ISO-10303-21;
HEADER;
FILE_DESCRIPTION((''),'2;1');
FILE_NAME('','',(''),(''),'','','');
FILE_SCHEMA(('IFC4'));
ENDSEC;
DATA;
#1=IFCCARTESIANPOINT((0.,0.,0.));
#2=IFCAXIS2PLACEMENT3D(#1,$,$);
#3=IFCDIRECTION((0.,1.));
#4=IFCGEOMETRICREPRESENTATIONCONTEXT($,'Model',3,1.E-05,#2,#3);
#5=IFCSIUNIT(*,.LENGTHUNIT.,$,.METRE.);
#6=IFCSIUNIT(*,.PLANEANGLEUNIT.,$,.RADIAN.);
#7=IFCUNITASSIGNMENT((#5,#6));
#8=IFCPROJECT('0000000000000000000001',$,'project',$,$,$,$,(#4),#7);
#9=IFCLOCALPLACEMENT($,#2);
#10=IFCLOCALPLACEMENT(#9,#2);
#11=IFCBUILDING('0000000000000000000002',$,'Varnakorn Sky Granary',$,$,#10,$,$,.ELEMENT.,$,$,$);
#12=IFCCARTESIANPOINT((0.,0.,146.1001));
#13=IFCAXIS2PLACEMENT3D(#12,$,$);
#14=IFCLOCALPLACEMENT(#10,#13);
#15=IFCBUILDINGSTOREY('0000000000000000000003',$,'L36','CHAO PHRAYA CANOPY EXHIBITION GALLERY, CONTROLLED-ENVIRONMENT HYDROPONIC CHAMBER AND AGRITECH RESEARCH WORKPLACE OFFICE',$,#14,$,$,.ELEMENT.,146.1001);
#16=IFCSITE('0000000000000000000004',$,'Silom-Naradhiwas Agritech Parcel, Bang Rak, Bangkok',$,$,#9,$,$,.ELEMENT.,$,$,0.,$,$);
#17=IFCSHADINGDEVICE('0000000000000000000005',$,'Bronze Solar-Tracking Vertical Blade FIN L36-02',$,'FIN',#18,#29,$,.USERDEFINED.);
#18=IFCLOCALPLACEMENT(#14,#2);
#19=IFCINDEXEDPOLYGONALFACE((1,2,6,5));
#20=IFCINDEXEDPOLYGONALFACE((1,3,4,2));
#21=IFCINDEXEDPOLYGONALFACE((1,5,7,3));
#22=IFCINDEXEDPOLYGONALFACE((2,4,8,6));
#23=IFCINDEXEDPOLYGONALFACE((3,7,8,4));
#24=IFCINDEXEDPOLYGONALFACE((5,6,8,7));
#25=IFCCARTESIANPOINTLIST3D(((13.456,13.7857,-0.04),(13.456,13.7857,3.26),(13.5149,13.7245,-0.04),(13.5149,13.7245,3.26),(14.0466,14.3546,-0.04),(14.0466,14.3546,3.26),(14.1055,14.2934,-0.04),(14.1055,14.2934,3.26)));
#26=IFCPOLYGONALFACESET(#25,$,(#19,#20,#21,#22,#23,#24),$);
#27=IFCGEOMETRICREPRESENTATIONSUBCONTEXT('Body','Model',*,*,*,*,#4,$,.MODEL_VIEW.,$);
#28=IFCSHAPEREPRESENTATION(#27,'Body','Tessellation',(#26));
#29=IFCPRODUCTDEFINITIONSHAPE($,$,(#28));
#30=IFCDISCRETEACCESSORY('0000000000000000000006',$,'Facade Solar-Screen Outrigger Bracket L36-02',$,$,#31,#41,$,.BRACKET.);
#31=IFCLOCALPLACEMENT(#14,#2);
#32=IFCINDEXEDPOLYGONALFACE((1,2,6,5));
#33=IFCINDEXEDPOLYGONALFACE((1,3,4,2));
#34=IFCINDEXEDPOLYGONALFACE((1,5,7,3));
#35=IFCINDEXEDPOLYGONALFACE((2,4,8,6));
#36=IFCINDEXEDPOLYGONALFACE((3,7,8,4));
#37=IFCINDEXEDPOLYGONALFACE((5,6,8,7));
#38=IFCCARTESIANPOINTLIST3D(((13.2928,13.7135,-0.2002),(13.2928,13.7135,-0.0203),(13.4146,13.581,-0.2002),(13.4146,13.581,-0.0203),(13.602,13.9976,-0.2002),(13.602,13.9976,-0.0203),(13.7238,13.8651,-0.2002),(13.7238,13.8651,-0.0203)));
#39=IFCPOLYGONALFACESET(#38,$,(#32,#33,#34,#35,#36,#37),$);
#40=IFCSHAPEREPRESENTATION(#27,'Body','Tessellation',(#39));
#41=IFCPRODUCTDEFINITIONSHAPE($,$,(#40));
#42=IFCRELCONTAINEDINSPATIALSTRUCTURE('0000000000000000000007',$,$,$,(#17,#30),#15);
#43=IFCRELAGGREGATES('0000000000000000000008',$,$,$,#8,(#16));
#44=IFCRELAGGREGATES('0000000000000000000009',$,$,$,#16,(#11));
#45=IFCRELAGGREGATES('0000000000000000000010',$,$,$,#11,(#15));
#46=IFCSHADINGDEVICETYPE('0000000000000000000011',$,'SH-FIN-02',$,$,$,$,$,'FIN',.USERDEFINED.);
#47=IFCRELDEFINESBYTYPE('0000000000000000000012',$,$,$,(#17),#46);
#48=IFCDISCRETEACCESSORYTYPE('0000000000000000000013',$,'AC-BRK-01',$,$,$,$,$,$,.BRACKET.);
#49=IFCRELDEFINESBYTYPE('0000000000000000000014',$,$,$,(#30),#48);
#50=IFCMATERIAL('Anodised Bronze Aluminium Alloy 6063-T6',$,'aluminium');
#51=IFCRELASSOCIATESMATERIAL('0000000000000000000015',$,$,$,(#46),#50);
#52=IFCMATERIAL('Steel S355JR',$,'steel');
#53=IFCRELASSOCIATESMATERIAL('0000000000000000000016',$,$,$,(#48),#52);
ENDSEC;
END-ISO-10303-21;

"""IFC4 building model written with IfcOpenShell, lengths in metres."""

from ifc_helpers import new_model, si_unit, direction, frame, origin, origin_2d, place, context, subcontext, project, spatial, rectangle, extrude, source, transform, mapped, material, type_object, type_shapes, element, save


model = new_model("IFC4")

# Units and contexts
model_context = context("Model", 3, precision=1e-05, world=origin(), true_north=direction((0.0, 1.0)))
body_context = subcontext(model_context, "Body", "Model", "MODEL_VIEW")
ifc_project = project(units=[si_unit("LENGTHUNIT", "METRE"), si_unit("PLANEANGLEUNIT", "RADIAN")], contexts=[model_context])

# Site, building, storey
site_placement = place(None, origin())
site = spatial("IfcSite", under=ifc_project, at=site_placement, Name="Silom-Naradhiwas Agritech Parcel, Bang Rak, Bangkok", CompositionType="ELEMENT", RefElevation=0.0)
building_placement = place(site_placement, origin())
building = spatial("IfcBuilding", under=site, at=building_placement, Name="Varnakorn Sky Granary", CompositionType="ELEMENT")
storey_placement = place(building_placement, frame((0.0, 0.0, 146.1001)))
storey = spatial("IfcBuildingStorey", under=building, at=storey_placement, Name="L36", Description="CHAO PHRAYA CANOPY EXHIBITION GALLERY, CONTROLLED-ENVIRONMENT HYDROPONIC CHAMBER AND AGRITECH RESEARCH WORKPLACE OFFICE", CompositionType="ELEMENT", Elevation=146.1001)

# Shared definitions
ifc_material_1 = material(Name="Steel S355JR", Category="steel")

# Shared definitions
ifc_material_2 = material(Name="Anodised Bronze Aluminium Alloy 6063-T6", Category="aluminium")

# Shading device
shading_device_type = type_object("IfcShadingDeviceType", Name="SH-FIN-02", ElementType="FIN", PredefinedType="USERDEFINED", material=ifc_material_2)
shared_shape_1 = source(origin(), body_context, "Body", "SweptSolid", [
    extrude(rectangle(XDim=0.085, YDim=0.8201, at=origin_2d()), origin(), (0.0, 0.0, 1.0), 3.3),
])
type_shapes(shading_device_type, [shared_shape_1])
shading_device_placement = place(storey_placement, frame((13.7808, 14.0396, -0.04), z_axis=(0.0, 0.0, 1.0), x_axis=(-0.693755, 0.720211, 0.0)))
element("IfcShadingDevice", 1, at=shading_device_placement, inside=storey, type_object=shading_device_type, Name="Bronze Solar-Tracking Vertical Blade FIN L36-02", ObjectType="FIN", PredefinedType="USERDEFINED", context=body_context, shape_type="MappedRepresentation", body=[
    mapped(shared_shape_1, transform((0.0, 0.0, 0.0), x_axis=(1.0, 0.0, 0.0), y_axis=(0.0, 1.0, 0.0), z_axis=(0.0, 0.0, 1.0), scale=1.0)),
])

# Discrete accessory
discrete_accessory_type = type_object("IfcDiscreteAccessoryType", Name="AC-BRK-01", PredefinedType="BRACKET", material=ifc_material_1)
shared_shape_2 = source(origin(), body_context, "Body", "SweptSolid", [
    extrude(rectangle(XDim=0.1799, YDim=0.4199, at=origin_2d()), origin(), (0.0, 0.0, 1.0), 0.1799),
])
type_shapes(discrete_accessory_type, [shared_shape_2])
discrete_accessory_placement = place(storey_placement, frame((13.5083, 13.7893, -0.2002), z_axis=(0.0, 0.0, 1.0), x_axis=(-0.676565, 0.736383, 0.0)))
element("IfcDiscreteAccessory", 2, at=discrete_accessory_placement, inside=storey, type_object=discrete_accessory_type, Name="Facade Solar-Screen Outrigger Bracket L36-02", PredefinedType="BRACKET", context=body_context, shape_type="MappedRepresentation", body=[
    mapped(shared_shape_2, transform((0.0, 0.0, 0.0), x_axis=(1.0, 0.0, 0.0), y_axis=(0.0, 1.0, 0.0), z_axis=(0.0, 0.0, 1.0), scale=1.0)),
])

save(model, "model.ifc")
